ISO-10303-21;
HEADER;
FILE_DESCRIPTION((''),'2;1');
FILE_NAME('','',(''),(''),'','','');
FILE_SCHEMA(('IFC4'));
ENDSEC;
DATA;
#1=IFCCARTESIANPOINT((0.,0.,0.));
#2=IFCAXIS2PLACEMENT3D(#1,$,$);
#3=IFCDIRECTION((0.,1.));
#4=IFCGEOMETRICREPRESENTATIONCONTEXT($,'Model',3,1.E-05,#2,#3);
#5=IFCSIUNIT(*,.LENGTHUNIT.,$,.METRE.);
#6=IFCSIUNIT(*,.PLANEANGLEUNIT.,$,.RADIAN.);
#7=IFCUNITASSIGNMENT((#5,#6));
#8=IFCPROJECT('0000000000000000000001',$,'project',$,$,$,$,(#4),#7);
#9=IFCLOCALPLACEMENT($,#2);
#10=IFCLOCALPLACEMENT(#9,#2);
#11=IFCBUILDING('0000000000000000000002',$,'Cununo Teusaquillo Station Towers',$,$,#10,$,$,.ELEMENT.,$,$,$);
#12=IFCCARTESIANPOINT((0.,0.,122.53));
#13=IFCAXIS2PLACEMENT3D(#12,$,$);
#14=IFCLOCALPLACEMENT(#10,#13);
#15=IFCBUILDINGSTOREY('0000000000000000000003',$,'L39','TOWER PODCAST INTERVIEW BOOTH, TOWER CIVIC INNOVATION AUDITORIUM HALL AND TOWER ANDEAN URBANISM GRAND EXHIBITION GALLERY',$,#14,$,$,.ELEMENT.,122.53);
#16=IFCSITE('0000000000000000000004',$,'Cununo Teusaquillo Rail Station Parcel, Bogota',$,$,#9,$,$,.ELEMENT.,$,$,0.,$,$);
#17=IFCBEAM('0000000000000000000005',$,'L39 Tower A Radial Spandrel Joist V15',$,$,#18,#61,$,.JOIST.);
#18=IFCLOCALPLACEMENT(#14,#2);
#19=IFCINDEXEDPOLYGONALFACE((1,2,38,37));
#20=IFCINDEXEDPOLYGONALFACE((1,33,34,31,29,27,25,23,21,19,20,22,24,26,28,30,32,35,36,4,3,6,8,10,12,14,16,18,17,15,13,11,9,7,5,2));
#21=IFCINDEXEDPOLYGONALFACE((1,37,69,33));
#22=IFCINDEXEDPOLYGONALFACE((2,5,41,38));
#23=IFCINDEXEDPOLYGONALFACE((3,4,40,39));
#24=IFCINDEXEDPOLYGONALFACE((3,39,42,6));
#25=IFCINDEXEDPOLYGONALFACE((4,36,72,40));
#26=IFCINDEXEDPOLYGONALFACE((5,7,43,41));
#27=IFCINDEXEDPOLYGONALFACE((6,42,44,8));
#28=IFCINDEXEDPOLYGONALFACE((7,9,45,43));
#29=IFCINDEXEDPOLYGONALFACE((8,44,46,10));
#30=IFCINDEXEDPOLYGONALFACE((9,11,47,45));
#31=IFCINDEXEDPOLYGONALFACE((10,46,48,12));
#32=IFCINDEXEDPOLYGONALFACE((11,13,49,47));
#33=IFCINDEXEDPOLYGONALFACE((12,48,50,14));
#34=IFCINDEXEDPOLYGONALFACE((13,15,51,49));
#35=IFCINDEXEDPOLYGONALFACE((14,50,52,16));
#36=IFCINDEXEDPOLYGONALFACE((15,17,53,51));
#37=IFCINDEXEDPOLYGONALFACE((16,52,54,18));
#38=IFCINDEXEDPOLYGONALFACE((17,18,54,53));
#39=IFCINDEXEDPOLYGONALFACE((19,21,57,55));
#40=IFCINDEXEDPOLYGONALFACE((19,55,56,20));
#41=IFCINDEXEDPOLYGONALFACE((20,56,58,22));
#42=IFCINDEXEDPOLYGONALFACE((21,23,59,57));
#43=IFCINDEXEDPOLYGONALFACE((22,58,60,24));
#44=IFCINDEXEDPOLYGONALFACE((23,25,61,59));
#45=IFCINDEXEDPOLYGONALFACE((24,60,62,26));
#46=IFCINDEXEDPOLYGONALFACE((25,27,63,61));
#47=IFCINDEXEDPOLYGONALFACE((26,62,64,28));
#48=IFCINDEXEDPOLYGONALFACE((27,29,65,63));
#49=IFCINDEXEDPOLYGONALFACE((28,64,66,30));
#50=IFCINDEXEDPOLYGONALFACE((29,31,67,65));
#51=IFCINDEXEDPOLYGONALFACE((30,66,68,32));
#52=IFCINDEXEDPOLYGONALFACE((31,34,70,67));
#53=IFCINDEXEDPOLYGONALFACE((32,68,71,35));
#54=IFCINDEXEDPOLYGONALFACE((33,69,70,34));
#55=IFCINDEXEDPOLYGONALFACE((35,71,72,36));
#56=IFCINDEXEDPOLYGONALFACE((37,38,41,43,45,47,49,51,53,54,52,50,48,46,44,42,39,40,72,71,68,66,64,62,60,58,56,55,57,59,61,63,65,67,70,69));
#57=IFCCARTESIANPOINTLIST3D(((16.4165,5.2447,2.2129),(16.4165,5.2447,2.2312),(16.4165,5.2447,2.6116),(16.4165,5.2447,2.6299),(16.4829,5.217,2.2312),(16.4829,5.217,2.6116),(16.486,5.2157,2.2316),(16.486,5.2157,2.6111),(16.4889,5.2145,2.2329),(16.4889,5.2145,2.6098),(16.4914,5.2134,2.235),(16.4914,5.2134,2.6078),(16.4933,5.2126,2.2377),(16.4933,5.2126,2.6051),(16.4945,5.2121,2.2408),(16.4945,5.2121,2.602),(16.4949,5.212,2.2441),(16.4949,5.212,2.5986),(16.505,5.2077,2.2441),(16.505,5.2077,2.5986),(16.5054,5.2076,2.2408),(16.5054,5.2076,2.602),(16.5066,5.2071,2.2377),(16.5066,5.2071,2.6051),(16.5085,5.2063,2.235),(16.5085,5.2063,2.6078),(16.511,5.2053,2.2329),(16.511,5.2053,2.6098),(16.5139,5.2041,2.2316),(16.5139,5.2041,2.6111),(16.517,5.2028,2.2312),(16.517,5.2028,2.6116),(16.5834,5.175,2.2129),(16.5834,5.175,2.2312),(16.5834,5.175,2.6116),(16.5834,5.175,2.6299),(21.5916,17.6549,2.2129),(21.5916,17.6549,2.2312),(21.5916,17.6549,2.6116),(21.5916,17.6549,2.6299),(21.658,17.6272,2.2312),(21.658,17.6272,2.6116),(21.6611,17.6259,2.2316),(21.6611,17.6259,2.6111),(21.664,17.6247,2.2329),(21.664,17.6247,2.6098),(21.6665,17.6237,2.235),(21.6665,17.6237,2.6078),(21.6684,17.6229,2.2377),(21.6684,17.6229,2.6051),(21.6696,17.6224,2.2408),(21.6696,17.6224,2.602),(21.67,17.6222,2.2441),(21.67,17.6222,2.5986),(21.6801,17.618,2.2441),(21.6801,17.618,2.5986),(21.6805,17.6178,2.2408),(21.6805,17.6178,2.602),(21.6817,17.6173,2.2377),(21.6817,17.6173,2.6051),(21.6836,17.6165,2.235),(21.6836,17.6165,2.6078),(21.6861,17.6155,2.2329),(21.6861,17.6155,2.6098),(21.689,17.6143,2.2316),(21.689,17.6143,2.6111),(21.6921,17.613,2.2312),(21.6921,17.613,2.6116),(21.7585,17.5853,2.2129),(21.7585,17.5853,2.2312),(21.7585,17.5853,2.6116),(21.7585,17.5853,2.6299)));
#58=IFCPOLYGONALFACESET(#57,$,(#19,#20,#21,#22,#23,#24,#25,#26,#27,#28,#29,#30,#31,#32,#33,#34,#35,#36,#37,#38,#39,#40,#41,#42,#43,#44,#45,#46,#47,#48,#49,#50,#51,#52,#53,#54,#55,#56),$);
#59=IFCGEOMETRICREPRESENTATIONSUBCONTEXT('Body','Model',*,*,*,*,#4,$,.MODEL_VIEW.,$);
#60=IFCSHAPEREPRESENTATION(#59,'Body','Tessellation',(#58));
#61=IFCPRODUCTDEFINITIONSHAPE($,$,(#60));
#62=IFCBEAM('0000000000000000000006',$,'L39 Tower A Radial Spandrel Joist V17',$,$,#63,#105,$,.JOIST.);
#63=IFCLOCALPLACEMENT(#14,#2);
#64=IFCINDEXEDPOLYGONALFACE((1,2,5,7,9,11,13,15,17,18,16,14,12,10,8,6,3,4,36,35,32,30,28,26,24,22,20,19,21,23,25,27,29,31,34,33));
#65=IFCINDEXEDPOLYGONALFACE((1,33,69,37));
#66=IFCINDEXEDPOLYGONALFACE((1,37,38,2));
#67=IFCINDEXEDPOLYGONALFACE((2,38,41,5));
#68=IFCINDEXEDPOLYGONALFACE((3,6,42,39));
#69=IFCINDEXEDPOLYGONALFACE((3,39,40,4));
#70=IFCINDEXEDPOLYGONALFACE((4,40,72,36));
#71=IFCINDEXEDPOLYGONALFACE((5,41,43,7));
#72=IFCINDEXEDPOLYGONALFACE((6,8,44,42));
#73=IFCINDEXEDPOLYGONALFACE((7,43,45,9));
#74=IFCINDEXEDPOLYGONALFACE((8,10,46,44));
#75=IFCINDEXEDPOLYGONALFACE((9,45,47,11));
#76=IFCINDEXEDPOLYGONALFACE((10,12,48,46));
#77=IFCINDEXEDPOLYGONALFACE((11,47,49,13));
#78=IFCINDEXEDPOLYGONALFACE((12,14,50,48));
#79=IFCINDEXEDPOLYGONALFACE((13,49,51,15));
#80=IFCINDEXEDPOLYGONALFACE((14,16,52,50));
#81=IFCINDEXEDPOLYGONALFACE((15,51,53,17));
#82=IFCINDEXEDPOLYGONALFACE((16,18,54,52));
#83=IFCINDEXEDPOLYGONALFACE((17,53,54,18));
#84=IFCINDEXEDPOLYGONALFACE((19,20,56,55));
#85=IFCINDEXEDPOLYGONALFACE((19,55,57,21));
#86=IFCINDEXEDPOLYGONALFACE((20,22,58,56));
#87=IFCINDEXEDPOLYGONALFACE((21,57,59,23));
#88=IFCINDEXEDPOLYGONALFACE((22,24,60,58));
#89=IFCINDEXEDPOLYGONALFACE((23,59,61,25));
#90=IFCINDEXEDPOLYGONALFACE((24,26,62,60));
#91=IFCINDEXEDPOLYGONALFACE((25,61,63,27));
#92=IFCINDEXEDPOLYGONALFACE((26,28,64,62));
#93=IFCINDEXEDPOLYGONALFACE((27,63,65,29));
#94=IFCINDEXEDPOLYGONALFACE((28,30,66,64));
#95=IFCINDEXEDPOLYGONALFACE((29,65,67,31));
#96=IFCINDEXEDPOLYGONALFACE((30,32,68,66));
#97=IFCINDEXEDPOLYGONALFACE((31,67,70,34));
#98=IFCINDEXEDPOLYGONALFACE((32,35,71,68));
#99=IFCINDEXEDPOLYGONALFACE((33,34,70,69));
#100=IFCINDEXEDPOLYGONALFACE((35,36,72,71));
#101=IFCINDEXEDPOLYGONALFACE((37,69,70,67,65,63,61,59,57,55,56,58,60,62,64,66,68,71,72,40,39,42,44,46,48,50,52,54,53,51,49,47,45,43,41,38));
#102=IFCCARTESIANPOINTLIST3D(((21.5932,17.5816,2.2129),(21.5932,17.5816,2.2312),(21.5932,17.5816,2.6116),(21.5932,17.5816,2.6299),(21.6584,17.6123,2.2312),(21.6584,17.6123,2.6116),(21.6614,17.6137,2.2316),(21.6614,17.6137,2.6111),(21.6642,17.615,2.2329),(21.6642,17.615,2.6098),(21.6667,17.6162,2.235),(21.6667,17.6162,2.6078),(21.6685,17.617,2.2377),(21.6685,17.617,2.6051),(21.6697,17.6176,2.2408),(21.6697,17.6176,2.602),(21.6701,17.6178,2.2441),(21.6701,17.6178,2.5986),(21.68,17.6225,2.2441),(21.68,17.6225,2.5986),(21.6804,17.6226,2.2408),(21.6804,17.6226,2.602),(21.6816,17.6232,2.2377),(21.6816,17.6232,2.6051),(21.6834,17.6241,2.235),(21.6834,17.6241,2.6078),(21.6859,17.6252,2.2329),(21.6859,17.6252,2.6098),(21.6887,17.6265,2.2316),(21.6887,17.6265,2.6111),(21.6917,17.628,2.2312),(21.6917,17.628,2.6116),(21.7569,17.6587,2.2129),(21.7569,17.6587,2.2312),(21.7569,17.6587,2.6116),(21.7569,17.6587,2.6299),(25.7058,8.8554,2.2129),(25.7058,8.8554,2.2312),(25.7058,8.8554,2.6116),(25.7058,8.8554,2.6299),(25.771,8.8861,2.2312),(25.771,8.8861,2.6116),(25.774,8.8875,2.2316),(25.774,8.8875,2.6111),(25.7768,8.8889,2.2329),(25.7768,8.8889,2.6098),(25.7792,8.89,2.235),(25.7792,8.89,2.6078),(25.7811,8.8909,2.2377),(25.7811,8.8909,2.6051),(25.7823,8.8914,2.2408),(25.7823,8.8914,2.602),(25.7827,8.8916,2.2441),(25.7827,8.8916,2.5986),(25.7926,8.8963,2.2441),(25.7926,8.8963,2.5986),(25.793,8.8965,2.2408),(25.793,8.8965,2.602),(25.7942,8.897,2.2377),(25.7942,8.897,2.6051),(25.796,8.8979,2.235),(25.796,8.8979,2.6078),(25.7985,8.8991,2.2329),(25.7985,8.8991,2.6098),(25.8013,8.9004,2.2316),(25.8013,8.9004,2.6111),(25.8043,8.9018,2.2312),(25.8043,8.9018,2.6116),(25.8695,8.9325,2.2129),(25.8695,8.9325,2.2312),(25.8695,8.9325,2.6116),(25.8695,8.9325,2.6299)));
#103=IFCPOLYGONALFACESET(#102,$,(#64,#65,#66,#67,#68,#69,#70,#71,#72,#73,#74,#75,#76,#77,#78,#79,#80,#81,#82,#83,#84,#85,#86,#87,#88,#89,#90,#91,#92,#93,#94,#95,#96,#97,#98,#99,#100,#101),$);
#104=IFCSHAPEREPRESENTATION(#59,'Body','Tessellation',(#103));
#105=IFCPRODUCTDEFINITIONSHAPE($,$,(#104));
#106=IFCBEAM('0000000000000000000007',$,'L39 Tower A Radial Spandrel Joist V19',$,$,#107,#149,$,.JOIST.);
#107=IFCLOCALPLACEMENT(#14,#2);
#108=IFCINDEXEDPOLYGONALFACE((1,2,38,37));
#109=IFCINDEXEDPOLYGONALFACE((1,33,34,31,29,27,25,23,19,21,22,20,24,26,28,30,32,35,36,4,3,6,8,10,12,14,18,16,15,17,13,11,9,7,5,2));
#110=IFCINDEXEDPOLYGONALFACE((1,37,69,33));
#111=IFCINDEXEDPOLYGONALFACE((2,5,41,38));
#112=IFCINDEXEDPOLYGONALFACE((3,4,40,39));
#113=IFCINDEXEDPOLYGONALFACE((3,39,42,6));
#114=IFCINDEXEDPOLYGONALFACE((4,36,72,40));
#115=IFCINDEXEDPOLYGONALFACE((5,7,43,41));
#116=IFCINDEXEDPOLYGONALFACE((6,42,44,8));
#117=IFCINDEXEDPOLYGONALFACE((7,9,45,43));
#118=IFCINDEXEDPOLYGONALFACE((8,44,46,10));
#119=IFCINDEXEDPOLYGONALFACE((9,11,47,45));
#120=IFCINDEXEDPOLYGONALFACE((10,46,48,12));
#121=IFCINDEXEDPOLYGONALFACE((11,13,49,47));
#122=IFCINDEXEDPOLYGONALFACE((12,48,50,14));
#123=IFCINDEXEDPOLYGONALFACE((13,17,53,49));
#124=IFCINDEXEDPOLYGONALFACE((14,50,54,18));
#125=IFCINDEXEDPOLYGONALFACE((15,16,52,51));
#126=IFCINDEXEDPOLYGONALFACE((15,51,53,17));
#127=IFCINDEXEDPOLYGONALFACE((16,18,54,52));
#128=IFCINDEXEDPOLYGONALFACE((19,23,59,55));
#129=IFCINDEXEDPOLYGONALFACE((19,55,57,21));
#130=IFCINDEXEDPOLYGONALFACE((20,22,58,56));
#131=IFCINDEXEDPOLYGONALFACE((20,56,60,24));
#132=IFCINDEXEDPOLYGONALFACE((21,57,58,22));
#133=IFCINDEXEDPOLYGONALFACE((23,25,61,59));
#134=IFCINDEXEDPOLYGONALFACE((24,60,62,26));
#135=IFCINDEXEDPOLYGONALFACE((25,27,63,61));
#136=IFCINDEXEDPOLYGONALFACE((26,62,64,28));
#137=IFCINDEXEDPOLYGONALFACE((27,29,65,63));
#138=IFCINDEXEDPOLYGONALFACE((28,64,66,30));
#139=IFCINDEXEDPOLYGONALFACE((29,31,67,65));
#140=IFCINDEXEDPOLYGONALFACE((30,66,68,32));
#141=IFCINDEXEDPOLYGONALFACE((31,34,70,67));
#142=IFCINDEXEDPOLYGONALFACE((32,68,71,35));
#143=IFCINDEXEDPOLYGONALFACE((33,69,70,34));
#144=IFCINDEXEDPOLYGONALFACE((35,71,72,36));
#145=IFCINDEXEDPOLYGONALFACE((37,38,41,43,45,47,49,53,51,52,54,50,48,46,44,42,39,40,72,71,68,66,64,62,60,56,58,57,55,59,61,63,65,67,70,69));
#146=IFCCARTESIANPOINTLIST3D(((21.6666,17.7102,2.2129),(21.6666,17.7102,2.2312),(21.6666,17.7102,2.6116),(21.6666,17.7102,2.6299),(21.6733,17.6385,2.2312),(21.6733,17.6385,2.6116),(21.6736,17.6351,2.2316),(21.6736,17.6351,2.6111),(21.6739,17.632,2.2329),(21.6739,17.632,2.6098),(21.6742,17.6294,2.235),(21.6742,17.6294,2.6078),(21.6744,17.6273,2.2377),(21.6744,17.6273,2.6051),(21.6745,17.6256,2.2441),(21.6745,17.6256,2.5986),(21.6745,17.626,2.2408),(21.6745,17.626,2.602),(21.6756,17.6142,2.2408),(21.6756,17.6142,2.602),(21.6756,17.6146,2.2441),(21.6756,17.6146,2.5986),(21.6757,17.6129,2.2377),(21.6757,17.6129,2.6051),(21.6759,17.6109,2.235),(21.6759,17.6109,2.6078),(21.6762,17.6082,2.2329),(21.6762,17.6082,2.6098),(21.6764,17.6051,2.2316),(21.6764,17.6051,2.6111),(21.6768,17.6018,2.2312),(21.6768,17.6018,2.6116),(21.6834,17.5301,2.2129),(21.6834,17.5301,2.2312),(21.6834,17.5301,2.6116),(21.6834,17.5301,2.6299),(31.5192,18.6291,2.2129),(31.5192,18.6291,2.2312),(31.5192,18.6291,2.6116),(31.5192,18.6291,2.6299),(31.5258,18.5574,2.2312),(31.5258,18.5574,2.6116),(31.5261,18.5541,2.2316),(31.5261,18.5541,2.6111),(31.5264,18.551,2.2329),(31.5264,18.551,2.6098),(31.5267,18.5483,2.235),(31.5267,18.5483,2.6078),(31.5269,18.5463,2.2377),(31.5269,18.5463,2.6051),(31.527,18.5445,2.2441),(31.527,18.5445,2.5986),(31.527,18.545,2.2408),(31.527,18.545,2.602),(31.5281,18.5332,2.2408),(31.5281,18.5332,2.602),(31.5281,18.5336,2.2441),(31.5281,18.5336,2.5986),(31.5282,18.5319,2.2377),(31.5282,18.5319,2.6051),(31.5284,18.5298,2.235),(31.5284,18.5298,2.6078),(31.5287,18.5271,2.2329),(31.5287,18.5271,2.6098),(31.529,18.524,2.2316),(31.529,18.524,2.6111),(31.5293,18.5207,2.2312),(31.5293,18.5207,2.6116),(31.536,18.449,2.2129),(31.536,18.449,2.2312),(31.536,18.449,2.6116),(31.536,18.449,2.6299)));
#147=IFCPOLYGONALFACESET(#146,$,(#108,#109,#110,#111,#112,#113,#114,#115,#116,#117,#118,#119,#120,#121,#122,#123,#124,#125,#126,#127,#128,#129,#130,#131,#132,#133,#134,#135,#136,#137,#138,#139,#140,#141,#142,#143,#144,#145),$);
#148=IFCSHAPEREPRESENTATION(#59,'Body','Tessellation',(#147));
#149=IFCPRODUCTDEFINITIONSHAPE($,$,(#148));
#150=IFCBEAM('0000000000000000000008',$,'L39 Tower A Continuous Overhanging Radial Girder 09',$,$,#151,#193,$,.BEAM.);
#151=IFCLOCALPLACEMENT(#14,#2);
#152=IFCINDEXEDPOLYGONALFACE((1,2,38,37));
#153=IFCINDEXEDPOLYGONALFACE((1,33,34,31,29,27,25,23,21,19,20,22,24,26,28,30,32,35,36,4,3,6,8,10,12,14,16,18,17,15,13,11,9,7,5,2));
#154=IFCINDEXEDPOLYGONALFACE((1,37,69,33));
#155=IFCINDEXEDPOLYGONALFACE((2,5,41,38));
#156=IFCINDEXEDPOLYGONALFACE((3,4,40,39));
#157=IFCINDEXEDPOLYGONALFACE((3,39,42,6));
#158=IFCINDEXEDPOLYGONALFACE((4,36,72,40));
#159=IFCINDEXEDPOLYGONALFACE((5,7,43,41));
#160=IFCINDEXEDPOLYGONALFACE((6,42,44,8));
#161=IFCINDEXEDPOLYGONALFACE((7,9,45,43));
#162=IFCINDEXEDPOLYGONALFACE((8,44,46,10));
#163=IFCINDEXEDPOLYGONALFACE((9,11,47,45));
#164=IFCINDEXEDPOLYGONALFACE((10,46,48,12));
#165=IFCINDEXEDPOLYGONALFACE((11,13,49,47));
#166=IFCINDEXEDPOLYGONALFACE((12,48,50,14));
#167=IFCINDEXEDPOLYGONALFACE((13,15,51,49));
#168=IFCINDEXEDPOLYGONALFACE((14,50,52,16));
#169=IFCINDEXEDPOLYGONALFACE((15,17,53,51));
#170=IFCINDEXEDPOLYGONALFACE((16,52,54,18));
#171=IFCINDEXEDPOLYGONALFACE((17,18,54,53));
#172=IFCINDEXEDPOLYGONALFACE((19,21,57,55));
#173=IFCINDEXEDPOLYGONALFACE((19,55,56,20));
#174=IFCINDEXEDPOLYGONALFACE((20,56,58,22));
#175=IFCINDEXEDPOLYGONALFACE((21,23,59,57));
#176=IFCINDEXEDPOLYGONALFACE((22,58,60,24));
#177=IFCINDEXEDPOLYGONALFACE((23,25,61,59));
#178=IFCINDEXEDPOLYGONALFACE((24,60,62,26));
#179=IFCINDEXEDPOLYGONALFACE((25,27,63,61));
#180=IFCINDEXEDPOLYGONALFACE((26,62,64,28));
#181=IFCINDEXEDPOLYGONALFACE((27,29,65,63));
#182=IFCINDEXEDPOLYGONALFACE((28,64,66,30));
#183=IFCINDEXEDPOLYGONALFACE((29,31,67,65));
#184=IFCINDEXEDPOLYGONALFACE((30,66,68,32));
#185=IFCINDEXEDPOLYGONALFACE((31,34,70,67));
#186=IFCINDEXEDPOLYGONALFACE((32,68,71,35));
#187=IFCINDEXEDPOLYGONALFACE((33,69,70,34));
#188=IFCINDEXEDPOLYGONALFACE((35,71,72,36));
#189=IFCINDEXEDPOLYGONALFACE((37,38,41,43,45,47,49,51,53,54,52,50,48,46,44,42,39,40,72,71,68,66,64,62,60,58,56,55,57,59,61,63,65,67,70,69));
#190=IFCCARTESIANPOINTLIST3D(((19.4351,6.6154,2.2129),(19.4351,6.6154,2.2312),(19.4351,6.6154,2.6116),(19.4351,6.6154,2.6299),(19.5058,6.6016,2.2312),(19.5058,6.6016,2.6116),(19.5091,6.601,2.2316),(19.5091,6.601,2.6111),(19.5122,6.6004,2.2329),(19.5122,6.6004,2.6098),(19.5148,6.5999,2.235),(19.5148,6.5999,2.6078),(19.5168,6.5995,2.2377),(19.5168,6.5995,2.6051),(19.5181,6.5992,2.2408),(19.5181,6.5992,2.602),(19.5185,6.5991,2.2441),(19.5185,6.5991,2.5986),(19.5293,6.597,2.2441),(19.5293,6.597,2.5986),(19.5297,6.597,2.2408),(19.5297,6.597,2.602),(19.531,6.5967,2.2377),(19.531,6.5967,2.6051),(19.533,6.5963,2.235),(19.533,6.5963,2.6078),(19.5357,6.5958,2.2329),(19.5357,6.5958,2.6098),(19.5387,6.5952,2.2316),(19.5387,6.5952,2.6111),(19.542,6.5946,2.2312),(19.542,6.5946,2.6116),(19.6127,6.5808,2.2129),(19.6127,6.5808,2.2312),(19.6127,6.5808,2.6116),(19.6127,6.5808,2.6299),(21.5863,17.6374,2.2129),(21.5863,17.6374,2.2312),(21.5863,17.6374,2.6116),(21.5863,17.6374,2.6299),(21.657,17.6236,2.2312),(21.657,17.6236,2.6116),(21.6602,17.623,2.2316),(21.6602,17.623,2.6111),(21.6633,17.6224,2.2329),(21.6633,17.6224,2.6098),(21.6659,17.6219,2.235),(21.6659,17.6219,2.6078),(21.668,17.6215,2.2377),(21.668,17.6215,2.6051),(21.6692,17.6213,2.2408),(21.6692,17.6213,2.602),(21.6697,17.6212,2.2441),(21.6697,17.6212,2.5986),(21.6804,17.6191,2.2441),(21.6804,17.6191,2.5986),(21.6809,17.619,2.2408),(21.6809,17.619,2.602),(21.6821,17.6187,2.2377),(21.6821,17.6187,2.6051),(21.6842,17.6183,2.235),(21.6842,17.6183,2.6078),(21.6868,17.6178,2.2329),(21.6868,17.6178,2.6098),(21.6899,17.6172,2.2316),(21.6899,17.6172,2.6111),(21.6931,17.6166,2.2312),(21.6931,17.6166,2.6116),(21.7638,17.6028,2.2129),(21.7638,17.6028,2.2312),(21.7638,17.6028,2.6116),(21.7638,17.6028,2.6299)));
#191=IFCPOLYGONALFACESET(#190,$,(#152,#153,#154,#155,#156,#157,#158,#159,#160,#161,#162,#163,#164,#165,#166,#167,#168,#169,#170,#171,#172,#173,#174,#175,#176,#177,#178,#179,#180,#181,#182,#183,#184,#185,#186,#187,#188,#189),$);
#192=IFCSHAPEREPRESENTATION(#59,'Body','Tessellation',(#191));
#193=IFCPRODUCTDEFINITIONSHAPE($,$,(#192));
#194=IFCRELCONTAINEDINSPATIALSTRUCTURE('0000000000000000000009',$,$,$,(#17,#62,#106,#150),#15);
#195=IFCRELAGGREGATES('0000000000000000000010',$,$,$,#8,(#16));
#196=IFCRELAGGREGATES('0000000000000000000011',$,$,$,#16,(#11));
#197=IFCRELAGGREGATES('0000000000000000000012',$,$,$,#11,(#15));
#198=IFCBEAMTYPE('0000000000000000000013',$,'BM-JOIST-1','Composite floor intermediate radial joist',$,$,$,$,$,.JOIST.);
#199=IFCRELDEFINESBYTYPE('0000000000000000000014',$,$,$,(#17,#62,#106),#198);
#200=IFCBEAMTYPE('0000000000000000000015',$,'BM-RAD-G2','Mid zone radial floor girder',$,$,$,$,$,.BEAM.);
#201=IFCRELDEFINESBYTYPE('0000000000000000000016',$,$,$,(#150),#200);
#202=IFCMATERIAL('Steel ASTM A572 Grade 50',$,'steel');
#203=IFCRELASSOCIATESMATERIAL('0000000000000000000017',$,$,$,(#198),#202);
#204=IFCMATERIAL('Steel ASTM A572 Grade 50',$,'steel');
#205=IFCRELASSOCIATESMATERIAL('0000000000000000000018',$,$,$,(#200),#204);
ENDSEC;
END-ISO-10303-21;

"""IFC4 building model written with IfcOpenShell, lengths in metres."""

from ifc_helpers import new_model, si_unit, direction, frame, origin, origin_2d, place, context, subcontext, project, spatial, i_section, extrude, material, material_profile, profile_set, type_object, element, save


model = new_model("IFC4")

# Units and contexts
model_context = context("Model", 3, precision=1e-05, world=origin(), true_north=direction((0.0, 1.0)))
body_context = subcontext(model_context, "Body", "Model", "MODEL_VIEW")
ifc_project = project(units=[si_unit("LENGTHUNIT", "METRE"), si_unit("PLANEANGLEUNIT", "RADIAN")], contexts=[model_context])

# Site, building, storey
site_placement = place(None, origin())
site = spatial("IfcSite", under=ifc_project, at=site_placement, Name="Cununo Teusaquillo Rail Station Parcel, Bogota", CompositionType="ELEMENT", RefElevation=0.0)
building_placement = place(site_placement, origin())
building = spatial("IfcBuilding", under=site, at=building_placement, Name="Cununo Teusaquillo Station Towers", CompositionType="ELEMENT")
storey_placement = place(building_placement, frame((0.0, 0.0, 122.53)))
storey = spatial("IfcBuildingStorey", under=building, at=storey_placement, Name="L39", Description="TOWER PODCAST INTERVIEW BOOTH, TOWER CIVIC INNOVATION AUDITORIUM HALL AND TOWER ANDEAN URBANISM GRAND EXHIBITION GALLERY", CompositionType="ELEMENT", Elevation=122.53)

# Beams
ifc_material_1 = material(Name="Steel ASTM A572 Grade 50", Category="steel")
ifc_material_profile_1 = material_profile(ifc_material_1, i_section(OverallWidth=0.1809, OverallDepth=0.417, WebThickness=0.011, FlangeThickness=0.0183, FilletRadius=0.0129, at=origin_2d()), Name="W16X57")
ifc_profile_set_1 = profile_set([ifc_material_profile_1], Name="Steel ASTM A572 Grade 50")
beam_type_1 = type_object("IfcBeamType", Name="BM-JOIST-1", Description="Composite floor intermediate radial joist", PredefinedType="JOIST", material=ifc_profile_set_1)
beam_1_placement = place(storey_placement, frame((21.675, 17.6201, 2.4214), z_axis=(-0.384878, -0.922967, 0.0), x_axis=(0.922967, -0.384878, 0.0)))
element("IfcBeam", 1, at=beam_1_placement, inside=storey, type_object=beam_type_1, Name="L39 Tower A Radial Spandrel Joist V15", PredefinedType="JOIST", context=body_context, shape_type="SweptSolid", body=[
    extrude(i_section(OverallWidth=0.1809, OverallDepth=0.417, WebThickness=0.011, FlangeThickness=0.0183, FilletRadius=0.0129, at=origin_2d()), origin(), (0.0, 0.0, 1.0), 13.446),
])
beam_2_placement = place(storey_placement, frame((21.675, 17.6201, 2.4214), z_axis=(0.42632, -0.904572, 0.0), x_axis=(0.904572, 0.42632, 0.0)))
element("IfcBeam", 2, at=beam_2_placement, inside=storey, type_object=beam_type_1, Name="L39 Tower A Radial Spandrel Joist V17", PredefinedType="JOIST", context=body_context, shape_type="SweptSolid", body=[
    extrude(i_section(OverallWidth=0.1809, OverallDepth=0.417, WebThickness=0.011, FlangeThickness=0.0183, FilletRadius=0.0129, at=origin_2d()), origin(), (0.0, 0.0, 1.0), 9.6467),
])
beam_3_placement = place(storey_placement, frame((21.675, 17.6201, 2.4214), z_axis=(0.995679, 0.092867, 0.0), x_axis=(-0.092867, 0.995679, 0.0)))
element("IfcBeam", 3, at=beam_3_placement, inside=storey, type_object=beam_type_1, Name="L39 Tower A Radial Spandrel Joist V19", PredefinedType="JOIST", context=body_context, shape_type="SweptSolid", body=[
    extrude(i_section(OverallWidth=0.1809, OverallDepth=0.417, WebThickness=0.011, FlangeThickness=0.0183, FilletRadius=0.0129, at=origin_2d()), origin(), (0.0, 0.0, 1.0), 9.8953),
])
ifc_material_2 = material(Name="Steel ASTM A572 Grade 50", Category="steel")
ifc_material_profile_2 = material_profile(ifc_material_2, i_section(OverallWidth=0.1809, OverallDepth=0.417, WebThickness=0.011, FlangeThickness=0.0183, FilletRadius=0.0129, at=origin_2d()), Name="W16X57")
ifc_profile_set_2 = profile_set([ifc_material_profile_2], Name="Steel ASTM A572 Grade 50")
beam_type_2 = type_object("IfcBeamType", Name="BM-RAD-G2", Description="Mid zone radial floor girder", PredefinedType="BEAM", material=ifc_profile_set_2)
beam_4_placement = place(storey_placement, frame((21.675, 17.6201, 2.4214), z_axis=(-0.191553, -0.981482, 0.0), x_axis=(0.981482, -0.191553, 0.0)))
element("IfcBeam", 4, at=beam_4_placement, inside=storey, type_object=beam_type_2, Name="L39 Tower A Continuous Overhanging Radial Girder 09", PredefinedType="BEAM", context=body_context, shape_type="SweptSolid", body=[
    extrude(i_section(OverallWidth=0.1809, OverallDepth=0.417, WebThickness=0.011, FlangeThickness=0.0183, FilletRadius=0.0129, at=origin_2d()), origin(), (0.0, 0.0, 1.0), 11.23),
])

save(model, "model.ifc")
